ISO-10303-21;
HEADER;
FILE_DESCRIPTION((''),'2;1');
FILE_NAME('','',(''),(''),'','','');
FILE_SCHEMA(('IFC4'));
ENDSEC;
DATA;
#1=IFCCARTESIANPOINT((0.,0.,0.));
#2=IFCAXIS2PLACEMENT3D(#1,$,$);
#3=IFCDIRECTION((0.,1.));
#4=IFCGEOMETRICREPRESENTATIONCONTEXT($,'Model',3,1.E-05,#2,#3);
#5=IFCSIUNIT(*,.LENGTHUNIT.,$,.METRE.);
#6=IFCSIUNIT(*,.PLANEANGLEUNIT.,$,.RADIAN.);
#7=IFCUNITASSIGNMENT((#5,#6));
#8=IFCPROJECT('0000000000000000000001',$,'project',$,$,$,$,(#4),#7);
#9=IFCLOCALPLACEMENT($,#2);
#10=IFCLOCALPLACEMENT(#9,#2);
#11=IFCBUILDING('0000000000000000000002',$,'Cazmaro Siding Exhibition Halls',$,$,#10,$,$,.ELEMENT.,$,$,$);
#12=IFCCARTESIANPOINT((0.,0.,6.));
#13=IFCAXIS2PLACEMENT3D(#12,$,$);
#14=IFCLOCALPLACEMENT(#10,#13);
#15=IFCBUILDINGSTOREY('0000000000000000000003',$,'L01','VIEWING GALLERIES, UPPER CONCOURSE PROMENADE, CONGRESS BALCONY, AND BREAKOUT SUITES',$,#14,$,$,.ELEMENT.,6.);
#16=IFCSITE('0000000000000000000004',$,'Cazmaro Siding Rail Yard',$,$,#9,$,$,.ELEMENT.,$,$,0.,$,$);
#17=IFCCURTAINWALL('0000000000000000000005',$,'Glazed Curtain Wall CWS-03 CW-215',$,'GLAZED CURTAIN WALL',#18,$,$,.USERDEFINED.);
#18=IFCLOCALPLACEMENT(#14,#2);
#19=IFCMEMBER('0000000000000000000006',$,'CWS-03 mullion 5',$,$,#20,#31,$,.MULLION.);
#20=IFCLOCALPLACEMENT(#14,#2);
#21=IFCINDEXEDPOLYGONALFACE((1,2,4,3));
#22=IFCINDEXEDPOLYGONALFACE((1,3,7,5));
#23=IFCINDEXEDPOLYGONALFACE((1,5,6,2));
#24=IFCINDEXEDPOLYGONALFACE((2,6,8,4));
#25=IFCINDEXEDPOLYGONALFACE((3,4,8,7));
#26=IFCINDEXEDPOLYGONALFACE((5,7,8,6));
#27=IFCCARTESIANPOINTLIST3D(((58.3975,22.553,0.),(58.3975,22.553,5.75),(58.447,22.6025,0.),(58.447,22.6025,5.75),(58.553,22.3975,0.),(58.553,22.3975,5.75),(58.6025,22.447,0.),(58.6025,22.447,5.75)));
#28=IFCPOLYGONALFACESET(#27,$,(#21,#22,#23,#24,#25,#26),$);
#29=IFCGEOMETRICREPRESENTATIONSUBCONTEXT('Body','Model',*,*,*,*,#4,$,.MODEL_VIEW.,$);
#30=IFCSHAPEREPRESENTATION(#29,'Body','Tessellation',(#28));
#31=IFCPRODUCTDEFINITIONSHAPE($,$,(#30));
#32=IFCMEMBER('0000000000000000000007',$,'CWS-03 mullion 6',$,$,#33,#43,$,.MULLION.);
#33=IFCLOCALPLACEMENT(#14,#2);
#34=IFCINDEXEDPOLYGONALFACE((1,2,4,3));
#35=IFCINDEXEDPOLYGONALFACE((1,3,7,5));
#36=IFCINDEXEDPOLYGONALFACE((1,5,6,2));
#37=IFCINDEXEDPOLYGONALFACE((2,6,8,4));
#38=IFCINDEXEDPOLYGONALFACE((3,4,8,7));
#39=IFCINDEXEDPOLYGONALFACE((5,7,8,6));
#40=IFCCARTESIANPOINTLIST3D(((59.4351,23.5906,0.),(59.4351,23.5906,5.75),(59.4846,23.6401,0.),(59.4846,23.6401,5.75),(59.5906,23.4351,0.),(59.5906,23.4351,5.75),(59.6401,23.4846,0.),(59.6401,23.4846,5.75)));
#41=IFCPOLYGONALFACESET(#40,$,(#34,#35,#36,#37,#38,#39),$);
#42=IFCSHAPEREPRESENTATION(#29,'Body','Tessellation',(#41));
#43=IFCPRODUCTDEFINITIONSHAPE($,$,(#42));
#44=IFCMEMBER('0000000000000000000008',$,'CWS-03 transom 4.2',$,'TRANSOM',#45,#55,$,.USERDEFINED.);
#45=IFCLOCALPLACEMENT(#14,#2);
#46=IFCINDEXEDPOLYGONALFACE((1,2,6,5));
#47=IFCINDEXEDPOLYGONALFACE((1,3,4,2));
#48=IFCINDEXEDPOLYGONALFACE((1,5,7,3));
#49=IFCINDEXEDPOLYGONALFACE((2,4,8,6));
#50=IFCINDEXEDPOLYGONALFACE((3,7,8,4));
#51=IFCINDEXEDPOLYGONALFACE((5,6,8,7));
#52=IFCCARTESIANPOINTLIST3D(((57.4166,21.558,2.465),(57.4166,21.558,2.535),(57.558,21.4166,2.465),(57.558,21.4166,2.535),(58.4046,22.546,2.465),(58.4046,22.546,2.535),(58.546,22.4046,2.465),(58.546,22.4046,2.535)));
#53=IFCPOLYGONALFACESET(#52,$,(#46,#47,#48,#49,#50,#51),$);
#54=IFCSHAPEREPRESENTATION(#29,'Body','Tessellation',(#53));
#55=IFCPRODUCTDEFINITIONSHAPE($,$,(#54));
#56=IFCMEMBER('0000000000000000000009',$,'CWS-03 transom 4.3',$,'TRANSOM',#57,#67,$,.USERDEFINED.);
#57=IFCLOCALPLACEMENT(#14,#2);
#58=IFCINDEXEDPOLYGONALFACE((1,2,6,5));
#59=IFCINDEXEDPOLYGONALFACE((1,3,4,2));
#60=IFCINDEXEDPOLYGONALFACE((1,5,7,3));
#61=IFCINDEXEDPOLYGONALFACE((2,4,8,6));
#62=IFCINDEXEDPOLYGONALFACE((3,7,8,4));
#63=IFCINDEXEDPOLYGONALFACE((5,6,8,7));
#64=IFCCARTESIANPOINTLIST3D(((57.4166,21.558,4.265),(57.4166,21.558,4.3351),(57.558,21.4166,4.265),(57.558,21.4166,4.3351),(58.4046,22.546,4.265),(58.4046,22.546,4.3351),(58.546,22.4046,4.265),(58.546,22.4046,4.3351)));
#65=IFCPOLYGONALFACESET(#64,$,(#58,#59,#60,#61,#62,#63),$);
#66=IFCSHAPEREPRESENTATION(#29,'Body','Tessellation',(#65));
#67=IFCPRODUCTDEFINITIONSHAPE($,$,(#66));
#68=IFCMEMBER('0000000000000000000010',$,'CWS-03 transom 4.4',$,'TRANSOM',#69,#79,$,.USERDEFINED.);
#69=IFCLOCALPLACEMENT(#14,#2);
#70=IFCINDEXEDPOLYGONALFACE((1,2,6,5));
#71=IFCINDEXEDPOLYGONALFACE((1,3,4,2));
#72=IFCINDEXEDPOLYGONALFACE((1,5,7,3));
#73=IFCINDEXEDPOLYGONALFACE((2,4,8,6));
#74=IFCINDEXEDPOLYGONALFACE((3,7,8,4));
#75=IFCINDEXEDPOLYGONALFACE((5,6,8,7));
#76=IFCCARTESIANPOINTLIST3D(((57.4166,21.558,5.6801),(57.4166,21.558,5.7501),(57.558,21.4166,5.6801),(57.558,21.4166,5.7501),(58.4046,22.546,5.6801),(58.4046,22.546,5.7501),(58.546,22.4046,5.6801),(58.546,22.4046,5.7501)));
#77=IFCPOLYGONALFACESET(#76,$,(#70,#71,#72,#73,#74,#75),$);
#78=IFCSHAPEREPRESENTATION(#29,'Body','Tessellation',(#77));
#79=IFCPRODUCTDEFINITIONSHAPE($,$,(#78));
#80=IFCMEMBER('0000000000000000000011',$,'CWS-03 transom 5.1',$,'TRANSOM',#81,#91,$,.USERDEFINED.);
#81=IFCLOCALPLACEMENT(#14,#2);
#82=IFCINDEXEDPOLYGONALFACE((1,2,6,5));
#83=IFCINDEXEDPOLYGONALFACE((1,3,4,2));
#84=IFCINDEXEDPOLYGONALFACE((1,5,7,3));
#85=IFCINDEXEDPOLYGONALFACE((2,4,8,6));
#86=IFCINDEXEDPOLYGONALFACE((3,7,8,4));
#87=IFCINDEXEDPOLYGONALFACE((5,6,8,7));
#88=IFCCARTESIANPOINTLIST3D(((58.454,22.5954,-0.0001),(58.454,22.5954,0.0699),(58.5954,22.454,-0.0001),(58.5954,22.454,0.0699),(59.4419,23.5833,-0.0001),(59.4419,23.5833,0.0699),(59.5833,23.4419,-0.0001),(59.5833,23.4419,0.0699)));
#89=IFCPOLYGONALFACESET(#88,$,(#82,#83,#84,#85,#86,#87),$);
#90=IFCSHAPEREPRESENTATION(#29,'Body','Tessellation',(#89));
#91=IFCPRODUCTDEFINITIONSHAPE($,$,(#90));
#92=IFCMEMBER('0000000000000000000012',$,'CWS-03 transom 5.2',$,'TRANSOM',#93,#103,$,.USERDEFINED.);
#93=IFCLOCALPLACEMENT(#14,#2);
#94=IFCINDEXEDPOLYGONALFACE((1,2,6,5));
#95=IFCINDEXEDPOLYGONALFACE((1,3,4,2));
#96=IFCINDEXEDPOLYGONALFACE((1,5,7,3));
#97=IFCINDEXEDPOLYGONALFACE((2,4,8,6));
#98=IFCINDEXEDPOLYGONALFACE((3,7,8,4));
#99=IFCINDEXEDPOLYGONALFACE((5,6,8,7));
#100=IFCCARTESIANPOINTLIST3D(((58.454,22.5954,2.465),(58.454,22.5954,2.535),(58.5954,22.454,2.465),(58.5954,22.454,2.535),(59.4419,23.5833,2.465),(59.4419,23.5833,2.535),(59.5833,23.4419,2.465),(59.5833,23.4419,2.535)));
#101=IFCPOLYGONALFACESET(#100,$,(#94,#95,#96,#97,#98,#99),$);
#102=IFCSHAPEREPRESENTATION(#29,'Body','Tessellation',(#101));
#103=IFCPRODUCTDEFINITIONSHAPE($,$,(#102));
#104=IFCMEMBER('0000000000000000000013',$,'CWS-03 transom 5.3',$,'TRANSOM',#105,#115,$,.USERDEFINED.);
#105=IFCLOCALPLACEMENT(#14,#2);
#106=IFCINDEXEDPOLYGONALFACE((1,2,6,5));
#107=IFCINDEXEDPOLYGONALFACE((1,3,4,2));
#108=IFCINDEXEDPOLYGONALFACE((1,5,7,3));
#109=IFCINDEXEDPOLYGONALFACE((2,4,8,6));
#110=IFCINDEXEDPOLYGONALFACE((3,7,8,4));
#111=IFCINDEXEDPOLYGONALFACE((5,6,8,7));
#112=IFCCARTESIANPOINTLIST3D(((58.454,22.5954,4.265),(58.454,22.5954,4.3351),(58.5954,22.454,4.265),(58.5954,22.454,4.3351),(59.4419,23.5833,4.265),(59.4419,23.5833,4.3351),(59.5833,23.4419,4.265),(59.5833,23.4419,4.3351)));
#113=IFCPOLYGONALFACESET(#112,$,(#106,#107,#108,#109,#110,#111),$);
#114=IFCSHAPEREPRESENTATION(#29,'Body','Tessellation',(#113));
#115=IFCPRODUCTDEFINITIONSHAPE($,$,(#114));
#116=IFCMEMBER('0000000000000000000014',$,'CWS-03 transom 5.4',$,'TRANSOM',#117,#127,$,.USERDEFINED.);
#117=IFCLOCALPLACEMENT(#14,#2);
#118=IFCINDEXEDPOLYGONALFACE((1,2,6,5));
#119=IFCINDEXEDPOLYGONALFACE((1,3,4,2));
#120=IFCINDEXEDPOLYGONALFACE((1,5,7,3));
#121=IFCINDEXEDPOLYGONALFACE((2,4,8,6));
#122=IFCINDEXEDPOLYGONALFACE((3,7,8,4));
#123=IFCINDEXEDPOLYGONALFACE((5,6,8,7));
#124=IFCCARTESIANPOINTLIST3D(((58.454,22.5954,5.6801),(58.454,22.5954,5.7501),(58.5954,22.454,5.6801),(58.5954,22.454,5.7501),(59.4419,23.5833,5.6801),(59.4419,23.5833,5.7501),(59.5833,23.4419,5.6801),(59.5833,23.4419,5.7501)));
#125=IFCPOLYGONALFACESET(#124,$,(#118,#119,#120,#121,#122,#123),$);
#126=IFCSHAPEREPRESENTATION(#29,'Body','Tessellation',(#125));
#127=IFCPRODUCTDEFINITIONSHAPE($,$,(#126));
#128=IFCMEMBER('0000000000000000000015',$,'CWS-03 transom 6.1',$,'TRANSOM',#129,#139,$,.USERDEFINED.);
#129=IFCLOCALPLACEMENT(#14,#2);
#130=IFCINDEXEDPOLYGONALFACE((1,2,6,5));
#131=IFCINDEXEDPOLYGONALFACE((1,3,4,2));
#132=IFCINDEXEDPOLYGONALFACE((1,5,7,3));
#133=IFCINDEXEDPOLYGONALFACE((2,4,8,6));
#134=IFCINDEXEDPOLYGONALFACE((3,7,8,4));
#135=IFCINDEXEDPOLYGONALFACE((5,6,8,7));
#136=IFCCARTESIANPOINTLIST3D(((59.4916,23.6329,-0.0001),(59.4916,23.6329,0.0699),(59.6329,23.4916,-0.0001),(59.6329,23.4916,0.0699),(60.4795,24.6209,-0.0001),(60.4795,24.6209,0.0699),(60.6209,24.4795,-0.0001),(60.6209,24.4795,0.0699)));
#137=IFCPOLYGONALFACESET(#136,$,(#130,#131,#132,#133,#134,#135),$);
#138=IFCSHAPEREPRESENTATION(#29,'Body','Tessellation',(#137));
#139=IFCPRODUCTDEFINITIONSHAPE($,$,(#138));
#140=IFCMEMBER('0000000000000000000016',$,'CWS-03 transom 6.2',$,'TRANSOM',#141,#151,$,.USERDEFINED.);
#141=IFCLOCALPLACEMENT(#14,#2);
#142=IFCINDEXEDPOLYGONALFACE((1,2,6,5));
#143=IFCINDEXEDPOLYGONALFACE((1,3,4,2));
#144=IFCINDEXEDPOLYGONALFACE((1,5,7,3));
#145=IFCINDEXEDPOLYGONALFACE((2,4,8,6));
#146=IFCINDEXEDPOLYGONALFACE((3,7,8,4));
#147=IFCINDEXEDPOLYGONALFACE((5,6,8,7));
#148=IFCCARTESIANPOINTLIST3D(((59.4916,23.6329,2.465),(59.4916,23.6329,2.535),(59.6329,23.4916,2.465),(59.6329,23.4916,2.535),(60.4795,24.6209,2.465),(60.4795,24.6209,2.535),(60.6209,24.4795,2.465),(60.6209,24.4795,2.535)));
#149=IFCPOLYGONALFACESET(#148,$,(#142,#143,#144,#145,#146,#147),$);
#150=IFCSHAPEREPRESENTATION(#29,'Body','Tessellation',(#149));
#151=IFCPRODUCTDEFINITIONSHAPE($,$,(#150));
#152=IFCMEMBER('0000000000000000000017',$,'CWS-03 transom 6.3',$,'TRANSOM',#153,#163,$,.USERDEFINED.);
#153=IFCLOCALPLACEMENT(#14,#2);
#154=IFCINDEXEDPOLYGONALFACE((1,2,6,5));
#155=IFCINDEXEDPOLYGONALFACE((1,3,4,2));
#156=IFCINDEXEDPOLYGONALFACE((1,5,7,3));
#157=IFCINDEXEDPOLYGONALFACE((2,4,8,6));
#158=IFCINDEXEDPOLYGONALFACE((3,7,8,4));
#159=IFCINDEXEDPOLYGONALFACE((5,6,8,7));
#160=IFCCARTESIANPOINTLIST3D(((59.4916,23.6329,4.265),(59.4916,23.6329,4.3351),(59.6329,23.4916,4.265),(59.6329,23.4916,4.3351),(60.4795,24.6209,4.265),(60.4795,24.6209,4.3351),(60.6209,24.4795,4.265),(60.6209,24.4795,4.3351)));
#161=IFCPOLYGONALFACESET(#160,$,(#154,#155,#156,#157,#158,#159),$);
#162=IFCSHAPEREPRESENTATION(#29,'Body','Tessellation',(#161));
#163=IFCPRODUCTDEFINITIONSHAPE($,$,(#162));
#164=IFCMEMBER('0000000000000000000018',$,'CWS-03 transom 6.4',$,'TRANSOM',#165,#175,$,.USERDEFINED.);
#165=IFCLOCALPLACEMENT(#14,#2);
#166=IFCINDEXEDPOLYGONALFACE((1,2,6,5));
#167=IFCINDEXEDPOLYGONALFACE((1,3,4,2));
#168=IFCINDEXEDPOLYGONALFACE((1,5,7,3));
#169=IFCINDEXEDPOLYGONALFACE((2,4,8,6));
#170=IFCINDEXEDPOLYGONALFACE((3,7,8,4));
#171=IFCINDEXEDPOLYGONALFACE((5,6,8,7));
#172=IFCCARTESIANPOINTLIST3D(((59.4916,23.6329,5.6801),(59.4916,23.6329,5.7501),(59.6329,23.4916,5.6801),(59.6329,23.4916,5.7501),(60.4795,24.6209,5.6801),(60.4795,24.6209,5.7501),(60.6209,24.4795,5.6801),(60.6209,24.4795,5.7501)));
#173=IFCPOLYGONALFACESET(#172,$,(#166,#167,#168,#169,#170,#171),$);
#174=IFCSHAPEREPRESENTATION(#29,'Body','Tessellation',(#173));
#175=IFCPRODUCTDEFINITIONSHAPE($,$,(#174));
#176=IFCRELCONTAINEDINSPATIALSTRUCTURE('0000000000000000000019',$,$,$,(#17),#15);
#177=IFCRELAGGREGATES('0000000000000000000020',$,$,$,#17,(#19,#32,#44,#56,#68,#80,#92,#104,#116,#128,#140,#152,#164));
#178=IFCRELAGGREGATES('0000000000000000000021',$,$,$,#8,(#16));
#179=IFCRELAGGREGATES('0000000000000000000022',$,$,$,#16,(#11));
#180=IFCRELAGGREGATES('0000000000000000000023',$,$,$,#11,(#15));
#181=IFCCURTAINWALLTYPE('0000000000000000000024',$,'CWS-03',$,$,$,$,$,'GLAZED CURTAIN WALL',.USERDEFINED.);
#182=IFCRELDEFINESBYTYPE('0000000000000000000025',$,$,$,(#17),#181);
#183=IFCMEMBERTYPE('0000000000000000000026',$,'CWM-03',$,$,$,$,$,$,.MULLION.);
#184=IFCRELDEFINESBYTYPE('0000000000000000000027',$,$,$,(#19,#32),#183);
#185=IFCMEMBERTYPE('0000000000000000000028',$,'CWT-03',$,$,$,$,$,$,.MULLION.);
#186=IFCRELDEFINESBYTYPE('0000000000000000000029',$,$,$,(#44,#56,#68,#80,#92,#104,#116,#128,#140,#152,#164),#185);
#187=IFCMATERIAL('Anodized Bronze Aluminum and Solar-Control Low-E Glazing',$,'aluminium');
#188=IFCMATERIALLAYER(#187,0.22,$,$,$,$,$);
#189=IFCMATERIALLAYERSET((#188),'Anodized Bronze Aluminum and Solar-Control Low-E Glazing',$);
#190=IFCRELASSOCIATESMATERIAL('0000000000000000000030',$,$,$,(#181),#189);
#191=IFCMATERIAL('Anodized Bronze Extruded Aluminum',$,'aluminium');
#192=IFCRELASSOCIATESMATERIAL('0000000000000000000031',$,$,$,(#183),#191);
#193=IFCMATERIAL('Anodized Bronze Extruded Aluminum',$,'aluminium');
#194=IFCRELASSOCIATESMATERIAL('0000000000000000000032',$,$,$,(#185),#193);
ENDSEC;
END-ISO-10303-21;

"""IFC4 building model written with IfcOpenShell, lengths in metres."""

from ifc_helpers import new_model, si_unit, direction, frame, origin, origin_2d, place, context, subcontext, project, spatial, rectangle, extrude, material, layer, layer_set, material_profile, profile_set, type_object, element, aggregate, save


model = new_model("IFC4")

# Units and contexts
model_context = context("Model", 3, precision=1e-05, world=origin(), true_north=direction((0.0, 1.0)))
body_context = subcontext(model_context, "Body", "Model", "MODEL_VIEW")
ifc_project = project(units=[si_unit("LENGTHUNIT", "METRE"), si_unit("PLANEANGLEUNIT", "RADIAN")], contexts=[model_context])

# Site, building, storey
site_placement = place(None, origin())
site = spatial("IfcSite", under=ifc_project, at=site_placement, Name="Cazmaro Siding Rail Yard", CompositionType="ELEMENT", RefElevation=0.0)
building_placement = place(site_placement, origin())
building = spatial("IfcBuilding", under=site, at=building_placement, Name="Cazmaro Siding Exhibition Halls", CompositionType="ELEMENT")
storey_placement = place(building_placement, frame((0.0, 0.0, 6.0)))
storey = spatial("IfcBuildingStorey", under=building, at=storey_placement, Name="L01", Description="VIEWING GALLERIES, UPPER CONCOURSE PROMENADE, CONGRESS BALCONY, AND BREAKOUT SUITES", CompositionType="ELEMENT", Elevation=6.0)

# Curtain wall, members
ifc_material_1 = material(Name="Anodized Bronze Aluminum and Solar-Control Low-E Glazing", Category="aluminium")
ifc_layer_1 = layer(ifc_material_1, 0.22)
ifc_layer_set_1 = layer_set([ifc_layer_1], Name="Anodized Bronze Aluminum and Solar-Control Low-E Glazing")
curtain_wall_type = type_object("IfcCurtainWallType", Name="CWS-03", ElementType="GLAZED CURTAIN WALL", PredefinedType="USERDEFINED", material=ifc_layer_set_1)
curtain_wall_placement = place(storey_placement, origin())
curtain_wall = element("IfcCurtainWall", 1, at=curtain_wall_placement, inside=storey, type_object=curtain_wall_type, Name="Glazed Curtain Wall CWS-03 CW-215", ObjectType="GLAZED CURTAIN WALL", PredefinedType="USERDEFINED")
ifc_material_2 = material(Name="Anodized Bronze Extruded Aluminum", Category="aluminium")
ifc_material_profile_1 = material_profile(ifc_material_2, rectangle(XDim=0.22, YDim=0.0701, at=origin_2d()), Name="CWM-03")
ifc_profile_set_1 = profile_set([ifc_material_profile_1], Name="Anodized Bronze Extruded Aluminum")
member_type_1 = type_object("IfcMemberType", Name="CWM-03", PredefinedType="MULLION", material=ifc_profile_set_1)
member_1_placement = place(storey_placement, frame((58.5, 22.5, 0.0), z_axis=(0.0, 0.0, 1.0), x_axis=(-0.707107, 0.707107, 0.0)))
member_1 = element("IfcMember", 2, at=member_1_placement, type_object=member_type_1, Name="CWS-03 mullion 5", PredefinedType="MULLION", context=body_context, shape_type="SweptSolid", body=[
    extrude(rectangle(XDim=0.22, YDim=0.0701, at=origin_2d()), origin(), (0.0, 0.0, 1.0), 5.75),
])
member_2_placement = place(storey_placement, frame((59.5376, 23.5376, 0.0), z_axis=(0.0, 0.0, 1.0), x_axis=(-0.707107, 0.707107, 0.0)))
member_2 = element("IfcMember", 3, at=member_2_placement, type_object=member_type_1, Name="CWS-03 mullion 6", PredefinedType="MULLION", context=body_context, shape_type="SweptSolid", body=[
    extrude(rectangle(XDim=0.22, YDim=0.0701, at=origin_2d()), origin(), (0.0, 0.0, 1.0), 5.75),
])
ifc_material_3 = material(Name="Anodized Bronze Extruded Aluminum", Category="aluminium")
ifc_material_profile_2 = material_profile(ifc_material_3, rectangle(XDim=0.2, YDim=0.0701, at=origin_2d()), Name="CWT-03")
ifc_profile_set_2 = profile_set([ifc_material_profile_2], Name="Anodized Bronze Extruded Aluminum")
member_type_2 = type_object("IfcMemberType", Name="CWT-03", PredefinedType="MULLION", material=ifc_profile_set_2)
member_3_placement = place(storey_placement, frame((57.4873, 21.4873, 2.5), z_axis=(0.707107, 0.707107, 0.0), x_axis=(-0.707107, 0.707107, 0.0)))
member_3 = element("IfcMember", 4, at=member_3_placement, type_object=member_type_2, Name="CWS-03 transom 4.2", ObjectType="TRANSOM", PredefinedType="USERDEFINED", context=body_context, shape_type="SweptSolid", body=[
    extrude(rectangle(XDim=0.2, YDim=0.0701, at=origin_2d()), origin(), (0.0, 0.0, 1.0), 1.3972),
])
member_4_placement = place(storey_placement, frame((57.4873, 21.4873, 4.3), z_axis=(0.707107, 0.707107, 0.0), x_axis=(-0.707107, 0.707107, 0.0)))
member_4 = element("IfcMember", 5, at=member_4_placement, type_object=member_type_2, Name="CWS-03 transom 4.3", ObjectType="TRANSOM", PredefinedType="USERDEFINED", context=body_context, shape_type="SweptSolid", body=[
    extrude(rectangle(XDim=0.2, YDim=0.0701, at=origin_2d()), origin(), (0.0, 0.0, 1.0), 1.3972),
])
member_5_placement = place(storey_placement, frame((57.4873, 21.4873, 5.7151), z_axis=(0.707107, 0.707107, 0.0), x_axis=(-0.707107, 0.707107, 0.0)))
member_5 = element("IfcMember", 6, at=member_5_placement, type_object=member_type_2, Name="CWS-03 transom 4.4", ObjectType="TRANSOM", PredefinedType="USERDEFINED", context=body_context, shape_type="SweptSolid", body=[
    extrude(rectangle(XDim=0.2, YDim=0.0701, at=origin_2d()), origin(), (0.0, 0.0, 1.0), 1.3972),
])
member_6_placement = place(storey_placement, frame((58.5247, 22.5247, 0.0349), z_axis=(0.707107, 0.707107, 0.0), x_axis=(-0.707107, 0.707107, 0.0)))
member_6 = element("IfcMember", 7, at=member_6_placement, type_object=member_type_2, Name="CWS-03 transom 5.1", ObjectType="TRANSOM", PredefinedType="USERDEFINED", context=body_context, shape_type="SweptSolid", body=[
    extrude(rectangle(XDim=0.2, YDim=0.0701, at=origin_2d()), origin(), (0.0, 0.0, 1.0), 1.3972),
])
member_7_placement = place(storey_placement, frame((58.5247, 22.5247, 2.5), z_axis=(0.707107, 0.707107, 0.0), x_axis=(-0.707107, 0.707107, 0.0)))
member_7 = element("IfcMember", 8, at=member_7_placement, type_object=member_type_2, Name="CWS-03 transom 5.2", ObjectType="TRANSOM", PredefinedType="USERDEFINED", context=body_context, shape_type="SweptSolid", body=[
    extrude(rectangle(XDim=0.2, YDim=0.0701, at=origin_2d()), origin(), (0.0, 0.0, 1.0), 1.3972),
])
member_8_placement = place(storey_placement, frame((58.5247, 22.5247, 4.3), z_axis=(0.707107, 0.707107, 0.0), x_axis=(-0.707107, 0.707107, 0.0)))
member_8 = element("IfcMember", 9, at=member_8_placement, type_object=member_type_2, Name="CWS-03 transom 5.3", ObjectType="TRANSOM", PredefinedType="USERDEFINED", context=body_context, shape_type="SweptSolid", body=[
    extrude(rectangle(XDim=0.2, YDim=0.0701, at=origin_2d()), origin(), (0.0, 0.0, 1.0), 1.3972),
])
member_9_placement = place(storey_placement, frame((58.5247, 22.5247, 5.7151), z_axis=(0.707107, 0.707107, 0.0), x_axis=(-0.707107, 0.707107, 0.0)))
member_9 = element("IfcMember", 10, at=member_9_placement, type_object=member_type_2, Name="CWS-03 transom 5.4", ObjectType="TRANSOM", PredefinedType="USERDEFINED", context=body_context, shape_type="SweptSolid", body=[
    extrude(rectangle(XDim=0.2, YDim=0.0701, at=origin_2d()), origin(), (0.0, 0.0, 1.0), 1.3972),
])
member_10_placement = place(storey_placement, frame((59.5623, 23.5623, 0.0349), z_axis=(0.707107, 0.707107, 0.0), x_axis=(-0.707107, 0.707107, 0.0)))
member_10 = element("IfcMember", 11, at=member_10_placement, type_object=member_type_2, Name="CWS-03 transom 6.1", ObjectType="TRANSOM", PredefinedType="USERDEFINED", context=body_context, shape_type="SweptSolid", body=[
    extrude(rectangle(XDim=0.2, YDim=0.0701, at=origin_2d()), origin(), (0.0, 0.0, 1.0), 1.3972),
])
member_11_placement = place(storey_placement, frame((59.5623, 23.5623, 2.5), z_axis=(0.707107, 0.707107, 0.0), x_axis=(-0.707107, 0.707107, 0.0)))
member_11 = element("IfcMember", 12, at=member_11_placement, type_object=member_type_2, Name="CWS-03 transom 6.2", ObjectType="TRANSOM", PredefinedType="USERDEFINED", context=body_context, shape_type="SweptSolid", body=[
    extrude(rectangle(XDim=0.2, YDim=0.0701, at=origin_2d()), origin(), (0.0, 0.0, 1.0), 1.3972),
])
member_12_placement = place(storey_placement, frame((59.5623, 23.5623, 4.3), z_axis=(0.707107, 0.707107, 0.0), x_axis=(-0.707107, 0.707107, 0.0)))
member_12 = element("IfcMember", 13, at=member_12_placement, type_object=member_type_2, Name="CWS-03 transom 6.3", ObjectType="TRANSOM", PredefinedType="USERDEFINED", context=body_context, shape_type="SweptSolid", body=[
    extrude(rectangle(XDim=0.2, YDim=0.0701, at=origin_2d()), origin(), (0.0, 0.0, 1.0), 1.3972),
])
member_13_placement = place(storey_placement, frame((59.5623, 23.5623, 5.7151), z_axis=(0.707107, 0.707107, 0.0), x_axis=(-0.707107, 0.707107, 0.0)))
member_13 = element("IfcMember", 14, at=member_13_placement, type_object=member_type_2, Name="CWS-03 transom 6.4", ObjectType="TRANSOM", PredefinedType="USERDEFINED", context=body_context, shape_type="SweptSolid", body=[
    extrude(rectangle(XDim=0.2, YDim=0.0701, at=origin_2d()), origin(), (0.0, 0.0, 1.0), 1.3972),
])

aggregate(curtain_wall, [member_1, member_2, member_3, member_4, member_5, member_6, member_7, member_8, member_9, member_10, member_11, member_12, member_13])

save(model, "model.ifc")
